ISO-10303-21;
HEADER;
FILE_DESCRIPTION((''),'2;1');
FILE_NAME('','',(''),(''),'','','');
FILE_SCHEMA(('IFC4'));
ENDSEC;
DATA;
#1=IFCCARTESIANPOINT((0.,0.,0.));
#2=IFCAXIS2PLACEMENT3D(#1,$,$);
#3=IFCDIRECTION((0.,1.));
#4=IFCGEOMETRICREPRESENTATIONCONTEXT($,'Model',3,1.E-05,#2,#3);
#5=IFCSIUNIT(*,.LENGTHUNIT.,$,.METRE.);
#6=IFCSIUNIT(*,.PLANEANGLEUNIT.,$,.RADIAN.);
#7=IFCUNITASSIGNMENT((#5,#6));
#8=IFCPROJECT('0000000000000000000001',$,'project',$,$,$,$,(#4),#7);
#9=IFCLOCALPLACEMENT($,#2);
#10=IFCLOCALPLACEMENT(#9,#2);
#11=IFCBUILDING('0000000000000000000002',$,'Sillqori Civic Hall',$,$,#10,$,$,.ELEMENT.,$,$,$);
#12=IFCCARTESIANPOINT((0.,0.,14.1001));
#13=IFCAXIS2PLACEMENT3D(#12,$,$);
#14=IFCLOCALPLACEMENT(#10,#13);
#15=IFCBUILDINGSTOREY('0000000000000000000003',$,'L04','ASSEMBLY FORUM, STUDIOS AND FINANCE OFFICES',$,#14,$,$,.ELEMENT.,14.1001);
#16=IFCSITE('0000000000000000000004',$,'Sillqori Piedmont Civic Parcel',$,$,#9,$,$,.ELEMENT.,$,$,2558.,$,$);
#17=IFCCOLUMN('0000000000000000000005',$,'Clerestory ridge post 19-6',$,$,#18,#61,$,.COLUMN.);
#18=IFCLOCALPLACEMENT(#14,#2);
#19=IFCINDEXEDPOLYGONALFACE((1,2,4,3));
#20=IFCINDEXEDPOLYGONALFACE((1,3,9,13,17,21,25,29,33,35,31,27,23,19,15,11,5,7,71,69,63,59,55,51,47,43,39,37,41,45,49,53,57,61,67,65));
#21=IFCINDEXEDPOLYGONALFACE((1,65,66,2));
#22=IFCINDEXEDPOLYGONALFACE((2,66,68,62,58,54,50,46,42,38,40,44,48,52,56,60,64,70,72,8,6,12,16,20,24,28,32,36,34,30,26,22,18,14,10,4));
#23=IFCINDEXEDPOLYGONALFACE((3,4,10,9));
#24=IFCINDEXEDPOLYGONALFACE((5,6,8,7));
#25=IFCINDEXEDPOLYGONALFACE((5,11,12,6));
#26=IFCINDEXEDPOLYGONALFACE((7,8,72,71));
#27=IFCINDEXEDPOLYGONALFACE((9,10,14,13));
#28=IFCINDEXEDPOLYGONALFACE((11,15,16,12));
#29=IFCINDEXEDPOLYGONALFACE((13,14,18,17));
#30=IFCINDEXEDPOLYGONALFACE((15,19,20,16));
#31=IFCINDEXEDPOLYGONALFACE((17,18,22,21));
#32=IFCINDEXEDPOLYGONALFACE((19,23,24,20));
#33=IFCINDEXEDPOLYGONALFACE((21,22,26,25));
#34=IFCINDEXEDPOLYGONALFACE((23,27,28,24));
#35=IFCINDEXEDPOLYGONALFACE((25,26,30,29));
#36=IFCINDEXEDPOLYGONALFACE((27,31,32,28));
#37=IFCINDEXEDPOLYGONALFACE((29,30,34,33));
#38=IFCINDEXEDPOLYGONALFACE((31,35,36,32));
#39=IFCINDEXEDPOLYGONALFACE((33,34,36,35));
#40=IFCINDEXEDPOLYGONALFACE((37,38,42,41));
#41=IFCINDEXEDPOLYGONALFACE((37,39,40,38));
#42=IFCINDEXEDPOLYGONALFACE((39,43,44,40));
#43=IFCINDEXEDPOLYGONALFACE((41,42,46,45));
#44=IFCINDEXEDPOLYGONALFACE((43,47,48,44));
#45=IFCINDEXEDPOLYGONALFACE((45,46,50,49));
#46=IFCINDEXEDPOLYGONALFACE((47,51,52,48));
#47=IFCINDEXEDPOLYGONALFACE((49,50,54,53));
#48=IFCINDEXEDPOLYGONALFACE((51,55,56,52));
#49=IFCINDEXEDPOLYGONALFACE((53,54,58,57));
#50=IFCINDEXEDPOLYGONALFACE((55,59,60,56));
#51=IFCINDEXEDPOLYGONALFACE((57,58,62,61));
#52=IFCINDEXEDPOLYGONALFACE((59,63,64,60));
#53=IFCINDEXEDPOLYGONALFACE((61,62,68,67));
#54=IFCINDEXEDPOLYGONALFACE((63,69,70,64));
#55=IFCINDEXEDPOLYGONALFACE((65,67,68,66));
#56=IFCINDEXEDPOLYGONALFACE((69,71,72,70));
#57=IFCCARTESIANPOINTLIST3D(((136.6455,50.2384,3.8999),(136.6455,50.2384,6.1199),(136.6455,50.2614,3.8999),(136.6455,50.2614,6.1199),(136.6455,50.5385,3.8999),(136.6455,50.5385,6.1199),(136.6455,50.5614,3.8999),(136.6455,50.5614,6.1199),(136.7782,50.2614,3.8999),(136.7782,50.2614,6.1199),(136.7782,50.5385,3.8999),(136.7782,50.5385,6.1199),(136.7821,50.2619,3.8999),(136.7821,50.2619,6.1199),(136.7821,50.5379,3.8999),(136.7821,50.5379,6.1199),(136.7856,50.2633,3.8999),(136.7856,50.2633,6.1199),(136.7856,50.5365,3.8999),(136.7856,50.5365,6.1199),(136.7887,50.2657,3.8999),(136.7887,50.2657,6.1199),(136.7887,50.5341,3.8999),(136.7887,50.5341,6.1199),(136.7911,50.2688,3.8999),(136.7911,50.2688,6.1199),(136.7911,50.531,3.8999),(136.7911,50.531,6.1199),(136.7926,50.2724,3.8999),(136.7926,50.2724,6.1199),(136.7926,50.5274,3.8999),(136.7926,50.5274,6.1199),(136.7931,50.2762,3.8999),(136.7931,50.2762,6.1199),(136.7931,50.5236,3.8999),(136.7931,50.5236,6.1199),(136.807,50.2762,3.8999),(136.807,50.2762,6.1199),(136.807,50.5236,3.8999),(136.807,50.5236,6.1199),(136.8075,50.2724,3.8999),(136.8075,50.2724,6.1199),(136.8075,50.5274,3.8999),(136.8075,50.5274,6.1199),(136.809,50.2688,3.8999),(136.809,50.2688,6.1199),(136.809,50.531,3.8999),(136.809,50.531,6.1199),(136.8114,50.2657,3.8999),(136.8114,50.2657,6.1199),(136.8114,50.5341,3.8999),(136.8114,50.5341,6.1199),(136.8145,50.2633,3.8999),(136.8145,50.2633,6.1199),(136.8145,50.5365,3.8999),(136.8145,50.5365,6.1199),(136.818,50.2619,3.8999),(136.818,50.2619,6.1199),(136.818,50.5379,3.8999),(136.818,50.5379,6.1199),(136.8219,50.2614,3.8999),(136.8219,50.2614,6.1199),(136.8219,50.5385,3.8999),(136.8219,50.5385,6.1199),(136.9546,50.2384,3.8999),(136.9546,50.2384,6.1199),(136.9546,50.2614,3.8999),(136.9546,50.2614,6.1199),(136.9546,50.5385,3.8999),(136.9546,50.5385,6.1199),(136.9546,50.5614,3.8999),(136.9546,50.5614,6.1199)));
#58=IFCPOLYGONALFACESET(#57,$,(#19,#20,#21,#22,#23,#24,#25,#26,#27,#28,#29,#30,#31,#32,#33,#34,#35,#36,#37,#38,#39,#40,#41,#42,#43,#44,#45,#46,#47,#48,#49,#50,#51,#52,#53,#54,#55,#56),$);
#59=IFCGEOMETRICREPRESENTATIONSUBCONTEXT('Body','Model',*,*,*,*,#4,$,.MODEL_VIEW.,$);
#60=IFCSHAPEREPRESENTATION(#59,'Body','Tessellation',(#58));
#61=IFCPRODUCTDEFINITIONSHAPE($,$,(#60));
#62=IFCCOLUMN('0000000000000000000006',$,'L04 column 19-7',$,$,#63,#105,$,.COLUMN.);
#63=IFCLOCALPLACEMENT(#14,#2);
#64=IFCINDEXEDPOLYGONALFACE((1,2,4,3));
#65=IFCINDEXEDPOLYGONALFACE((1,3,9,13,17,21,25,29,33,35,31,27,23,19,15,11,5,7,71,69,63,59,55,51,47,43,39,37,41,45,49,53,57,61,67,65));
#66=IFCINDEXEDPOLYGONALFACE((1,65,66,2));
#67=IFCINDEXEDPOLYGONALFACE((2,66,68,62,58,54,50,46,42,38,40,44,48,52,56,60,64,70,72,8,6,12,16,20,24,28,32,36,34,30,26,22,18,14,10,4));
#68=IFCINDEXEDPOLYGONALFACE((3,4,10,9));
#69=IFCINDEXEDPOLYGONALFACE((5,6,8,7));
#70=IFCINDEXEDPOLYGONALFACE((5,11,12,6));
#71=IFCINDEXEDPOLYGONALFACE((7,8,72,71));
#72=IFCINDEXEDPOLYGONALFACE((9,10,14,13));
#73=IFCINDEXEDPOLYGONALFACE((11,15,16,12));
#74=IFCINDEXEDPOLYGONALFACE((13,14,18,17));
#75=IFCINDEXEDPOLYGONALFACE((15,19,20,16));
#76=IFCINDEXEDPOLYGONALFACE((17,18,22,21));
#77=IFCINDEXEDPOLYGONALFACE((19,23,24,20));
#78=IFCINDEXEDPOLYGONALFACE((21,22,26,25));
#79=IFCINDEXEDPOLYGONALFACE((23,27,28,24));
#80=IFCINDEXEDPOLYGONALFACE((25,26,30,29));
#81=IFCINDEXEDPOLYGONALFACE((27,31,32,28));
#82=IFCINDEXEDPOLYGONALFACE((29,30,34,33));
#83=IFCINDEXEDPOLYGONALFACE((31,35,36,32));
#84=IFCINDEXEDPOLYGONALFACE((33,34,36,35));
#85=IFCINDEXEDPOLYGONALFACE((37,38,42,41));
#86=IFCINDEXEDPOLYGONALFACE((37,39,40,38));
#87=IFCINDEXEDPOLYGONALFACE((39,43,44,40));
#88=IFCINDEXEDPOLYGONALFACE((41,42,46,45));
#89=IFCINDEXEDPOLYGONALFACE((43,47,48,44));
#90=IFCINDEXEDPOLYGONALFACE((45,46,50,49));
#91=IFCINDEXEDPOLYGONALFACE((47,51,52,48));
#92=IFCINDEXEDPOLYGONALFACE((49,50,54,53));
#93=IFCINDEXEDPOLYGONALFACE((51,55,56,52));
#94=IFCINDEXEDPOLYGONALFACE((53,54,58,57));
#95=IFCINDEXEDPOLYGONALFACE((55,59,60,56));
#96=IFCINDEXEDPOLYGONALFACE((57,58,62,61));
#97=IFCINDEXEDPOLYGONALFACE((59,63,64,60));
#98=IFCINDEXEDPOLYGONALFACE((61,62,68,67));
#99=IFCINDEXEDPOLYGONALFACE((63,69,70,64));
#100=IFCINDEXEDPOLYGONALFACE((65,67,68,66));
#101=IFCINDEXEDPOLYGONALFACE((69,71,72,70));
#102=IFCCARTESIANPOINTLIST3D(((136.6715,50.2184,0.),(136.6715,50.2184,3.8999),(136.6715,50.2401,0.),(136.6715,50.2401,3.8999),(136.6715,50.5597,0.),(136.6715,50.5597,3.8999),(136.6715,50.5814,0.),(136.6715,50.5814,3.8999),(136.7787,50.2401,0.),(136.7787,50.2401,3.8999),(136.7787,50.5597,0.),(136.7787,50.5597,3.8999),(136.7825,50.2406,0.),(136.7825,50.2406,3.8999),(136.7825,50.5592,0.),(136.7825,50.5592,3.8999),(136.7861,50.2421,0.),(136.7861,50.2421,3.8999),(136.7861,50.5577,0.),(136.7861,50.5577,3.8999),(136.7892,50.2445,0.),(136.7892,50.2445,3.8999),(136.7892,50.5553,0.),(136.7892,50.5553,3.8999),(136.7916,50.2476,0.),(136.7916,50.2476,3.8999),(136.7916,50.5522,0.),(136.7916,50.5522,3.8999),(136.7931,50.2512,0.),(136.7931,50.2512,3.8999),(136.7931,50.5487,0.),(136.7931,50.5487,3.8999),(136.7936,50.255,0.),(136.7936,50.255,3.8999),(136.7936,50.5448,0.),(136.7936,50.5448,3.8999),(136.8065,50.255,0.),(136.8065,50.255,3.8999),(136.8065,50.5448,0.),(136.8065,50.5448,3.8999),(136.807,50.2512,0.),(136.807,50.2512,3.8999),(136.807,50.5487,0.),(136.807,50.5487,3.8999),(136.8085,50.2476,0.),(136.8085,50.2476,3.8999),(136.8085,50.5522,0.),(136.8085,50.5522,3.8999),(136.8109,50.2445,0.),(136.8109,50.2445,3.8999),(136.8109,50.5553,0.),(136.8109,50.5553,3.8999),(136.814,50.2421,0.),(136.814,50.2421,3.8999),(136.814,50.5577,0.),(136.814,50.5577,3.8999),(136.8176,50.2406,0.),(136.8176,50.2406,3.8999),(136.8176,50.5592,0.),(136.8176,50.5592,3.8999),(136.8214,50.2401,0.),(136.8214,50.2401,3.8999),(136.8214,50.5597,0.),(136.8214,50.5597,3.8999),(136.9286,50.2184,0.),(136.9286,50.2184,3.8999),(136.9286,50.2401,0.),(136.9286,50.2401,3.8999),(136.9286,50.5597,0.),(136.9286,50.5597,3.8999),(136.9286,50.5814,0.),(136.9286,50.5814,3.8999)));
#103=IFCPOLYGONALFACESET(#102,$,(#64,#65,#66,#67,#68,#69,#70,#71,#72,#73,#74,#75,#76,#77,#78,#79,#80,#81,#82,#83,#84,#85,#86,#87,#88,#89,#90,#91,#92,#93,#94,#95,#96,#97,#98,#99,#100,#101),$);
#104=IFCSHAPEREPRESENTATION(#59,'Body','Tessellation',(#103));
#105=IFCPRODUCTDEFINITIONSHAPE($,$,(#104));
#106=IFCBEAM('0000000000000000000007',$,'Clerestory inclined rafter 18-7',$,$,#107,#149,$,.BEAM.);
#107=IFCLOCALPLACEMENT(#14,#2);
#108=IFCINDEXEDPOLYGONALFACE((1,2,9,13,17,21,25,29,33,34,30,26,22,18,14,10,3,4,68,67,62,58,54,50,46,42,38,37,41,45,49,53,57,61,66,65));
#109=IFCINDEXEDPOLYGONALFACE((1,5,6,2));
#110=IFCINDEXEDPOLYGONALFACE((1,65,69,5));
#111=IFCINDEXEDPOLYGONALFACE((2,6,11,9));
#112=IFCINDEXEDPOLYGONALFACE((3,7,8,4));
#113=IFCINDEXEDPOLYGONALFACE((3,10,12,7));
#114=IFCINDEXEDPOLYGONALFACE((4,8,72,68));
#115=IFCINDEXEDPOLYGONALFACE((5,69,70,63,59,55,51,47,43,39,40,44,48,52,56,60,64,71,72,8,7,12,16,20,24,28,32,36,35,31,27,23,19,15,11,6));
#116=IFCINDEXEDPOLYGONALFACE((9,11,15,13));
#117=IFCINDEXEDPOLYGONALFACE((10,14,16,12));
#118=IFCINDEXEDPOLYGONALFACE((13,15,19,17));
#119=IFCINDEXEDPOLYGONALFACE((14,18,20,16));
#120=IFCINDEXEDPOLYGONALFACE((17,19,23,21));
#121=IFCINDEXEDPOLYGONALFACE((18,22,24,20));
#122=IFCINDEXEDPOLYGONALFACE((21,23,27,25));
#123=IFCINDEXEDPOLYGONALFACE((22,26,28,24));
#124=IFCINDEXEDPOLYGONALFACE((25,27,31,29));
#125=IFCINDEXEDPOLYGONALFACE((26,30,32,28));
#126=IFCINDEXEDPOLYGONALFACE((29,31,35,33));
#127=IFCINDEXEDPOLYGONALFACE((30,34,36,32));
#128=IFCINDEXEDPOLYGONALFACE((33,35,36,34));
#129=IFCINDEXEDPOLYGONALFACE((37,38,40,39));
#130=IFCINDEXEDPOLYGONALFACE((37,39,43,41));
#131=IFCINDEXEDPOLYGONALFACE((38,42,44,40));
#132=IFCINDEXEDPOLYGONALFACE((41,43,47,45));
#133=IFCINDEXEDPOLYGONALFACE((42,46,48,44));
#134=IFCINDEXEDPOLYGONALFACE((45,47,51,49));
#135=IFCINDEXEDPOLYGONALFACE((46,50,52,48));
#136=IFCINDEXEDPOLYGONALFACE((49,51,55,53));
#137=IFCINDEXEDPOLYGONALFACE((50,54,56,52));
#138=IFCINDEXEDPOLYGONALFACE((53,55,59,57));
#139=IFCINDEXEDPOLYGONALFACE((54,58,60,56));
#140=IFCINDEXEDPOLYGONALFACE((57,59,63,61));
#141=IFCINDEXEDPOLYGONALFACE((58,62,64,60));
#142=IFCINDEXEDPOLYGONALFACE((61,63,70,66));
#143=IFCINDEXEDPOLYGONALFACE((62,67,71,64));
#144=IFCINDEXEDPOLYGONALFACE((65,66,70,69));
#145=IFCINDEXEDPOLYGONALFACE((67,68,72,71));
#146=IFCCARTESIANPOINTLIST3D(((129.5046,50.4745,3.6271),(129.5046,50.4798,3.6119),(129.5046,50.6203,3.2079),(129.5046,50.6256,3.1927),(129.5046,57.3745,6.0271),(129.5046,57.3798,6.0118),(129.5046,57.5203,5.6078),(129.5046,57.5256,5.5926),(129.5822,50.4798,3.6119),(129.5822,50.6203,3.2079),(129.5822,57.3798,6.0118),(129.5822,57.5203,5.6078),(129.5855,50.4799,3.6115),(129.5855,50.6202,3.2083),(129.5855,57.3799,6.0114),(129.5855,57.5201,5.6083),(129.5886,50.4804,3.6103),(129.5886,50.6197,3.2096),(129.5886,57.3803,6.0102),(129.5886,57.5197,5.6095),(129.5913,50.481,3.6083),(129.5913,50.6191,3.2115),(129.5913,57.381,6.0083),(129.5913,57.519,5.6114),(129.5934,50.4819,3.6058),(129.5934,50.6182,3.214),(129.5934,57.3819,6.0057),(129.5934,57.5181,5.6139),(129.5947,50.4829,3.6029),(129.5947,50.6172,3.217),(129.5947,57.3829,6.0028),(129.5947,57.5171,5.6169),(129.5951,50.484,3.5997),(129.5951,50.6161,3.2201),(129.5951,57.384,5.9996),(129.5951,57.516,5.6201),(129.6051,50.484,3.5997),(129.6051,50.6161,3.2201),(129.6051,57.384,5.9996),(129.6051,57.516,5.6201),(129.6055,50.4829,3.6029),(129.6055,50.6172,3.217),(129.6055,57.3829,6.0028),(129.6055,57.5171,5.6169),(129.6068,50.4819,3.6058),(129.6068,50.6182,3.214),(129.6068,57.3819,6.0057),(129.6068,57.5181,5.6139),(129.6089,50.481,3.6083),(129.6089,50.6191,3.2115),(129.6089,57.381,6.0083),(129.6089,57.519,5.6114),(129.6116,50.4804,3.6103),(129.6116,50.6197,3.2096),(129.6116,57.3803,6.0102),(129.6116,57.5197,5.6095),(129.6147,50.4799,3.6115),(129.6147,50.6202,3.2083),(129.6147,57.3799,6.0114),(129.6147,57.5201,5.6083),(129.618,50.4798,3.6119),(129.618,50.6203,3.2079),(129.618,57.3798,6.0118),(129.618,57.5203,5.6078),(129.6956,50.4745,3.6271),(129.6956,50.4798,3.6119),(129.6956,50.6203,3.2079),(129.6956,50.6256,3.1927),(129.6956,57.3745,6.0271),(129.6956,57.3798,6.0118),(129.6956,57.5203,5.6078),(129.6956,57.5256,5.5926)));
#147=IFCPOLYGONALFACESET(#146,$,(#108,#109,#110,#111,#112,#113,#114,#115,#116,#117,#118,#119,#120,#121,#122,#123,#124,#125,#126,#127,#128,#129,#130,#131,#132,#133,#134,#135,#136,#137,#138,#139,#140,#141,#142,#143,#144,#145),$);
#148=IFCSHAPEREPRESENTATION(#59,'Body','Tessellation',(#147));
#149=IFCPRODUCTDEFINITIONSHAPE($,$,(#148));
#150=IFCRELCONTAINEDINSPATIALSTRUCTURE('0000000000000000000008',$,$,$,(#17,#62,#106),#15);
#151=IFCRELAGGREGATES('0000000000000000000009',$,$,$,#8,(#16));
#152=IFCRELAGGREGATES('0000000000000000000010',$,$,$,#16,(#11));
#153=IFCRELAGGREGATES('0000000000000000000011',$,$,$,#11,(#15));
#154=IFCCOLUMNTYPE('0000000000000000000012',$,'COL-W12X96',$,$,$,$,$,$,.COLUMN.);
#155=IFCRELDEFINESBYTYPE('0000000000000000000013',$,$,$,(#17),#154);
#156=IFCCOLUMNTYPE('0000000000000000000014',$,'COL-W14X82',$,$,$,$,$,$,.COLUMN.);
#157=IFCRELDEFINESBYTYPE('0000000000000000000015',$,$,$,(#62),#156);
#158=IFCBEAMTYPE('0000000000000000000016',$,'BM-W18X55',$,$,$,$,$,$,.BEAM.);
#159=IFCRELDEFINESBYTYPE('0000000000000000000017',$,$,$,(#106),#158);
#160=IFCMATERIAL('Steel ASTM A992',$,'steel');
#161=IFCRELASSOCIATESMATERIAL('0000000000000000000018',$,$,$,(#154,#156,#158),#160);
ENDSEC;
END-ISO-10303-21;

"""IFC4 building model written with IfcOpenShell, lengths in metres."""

from ifc_helpers import new_model, si_unit, direction, frame, origin, origin_2d, place, context, subcontext, project, spatial, i_section, extrude, material, material_profile, profile_set, type_object, element, save


model = new_model("IFC4")

# Units and contexts
model_context = context("Model", 3, precision=1e-05, world=origin(), true_north=direction((0.0, 1.0)))
body_context = subcontext(model_context, "Body", "Model", "MODEL_VIEW")
ifc_project = project(units=[si_unit("LENGTHUNIT", "METRE"), si_unit("PLANEANGLEUNIT", "RADIAN")], contexts=[model_context])

# Site, building, storey
site_placement = place(None, origin())
site = spatial("IfcSite", under=ifc_project, at=site_placement, Name="Sillqori Piedmont Civic Parcel", CompositionType="ELEMENT", RefElevation=2558.0)
building_placement = place(site_placement, origin())
building = spatial("IfcBuilding", under=site, at=building_placement, Name="Sillqori Civic Hall", CompositionType="ELEMENT")
storey_placement = place(building_placement, frame((0.0, 0.0, 14.1001)))
storey = spatial("IfcBuildingStorey", under=building, at=storey_placement, Name="L04", Description="ASSEMBLY FORUM, STUDIOS AND FINANCE OFFICES", CompositionType="ELEMENT", Elevation=14.1001)

# Columns
ifc_material_1 = material(Name="Steel ASTM A992", Category="steel")
ifc_material_profile_1 = material_profile(ifc_material_1, i_section(OverallWidth=0.3091, OverallDepth=0.323, WebThickness=0.0139, FlangeThickness=0.0229, FilletRadius=0.0149, at=origin_2d()), Name="W12X96")
ifc_profile_set_1 = profile_set([ifc_material_profile_1], Name="Steel ASTM A992")
column_type_1 = type_object("IfcColumnType", Name="COL-W12X96", PredefinedType="COLUMN", material=ifc_profile_set_1)
column_1_placement = place(storey_placement, frame((136.8, 50.3999, 3.8999), z_axis=(0.0, 0.0, 1.0), x_axis=(1.0, 0.0, 0.0)))
element("IfcColumn", 1, at=column_1_placement, inside=storey, type_object=column_type_1, Name="Clerestory ridge post 19-6", PredefinedType="COLUMN", context=body_context, shape_type="SweptSolid", body=[
    extrude(i_section(OverallWidth=0.3091, OverallDepth=0.323, WebThickness=0.0139, FlangeThickness=0.0229, FilletRadius=0.0149, at=origin_2d()), origin(), (0.0, 0.0, 1.0), 2.22),
])
ifc_material_profile_2 = material_profile(ifc_material_1, i_section(OverallWidth=0.2571, OverallDepth=0.363, WebThickness=0.0129, FlangeThickness=0.0217, FilletRadius=0.0149, at=origin_2d()), Name="W14X82")
ifc_profile_set_2 = profile_set([ifc_material_profile_2], Name="Steel ASTM A992")
column_type_2 = type_object("IfcColumnType", Name="COL-W14X82", PredefinedType="COLUMN", material=ifc_profile_set_2)
column_2_placement = place(storey_placement, frame((136.8, 50.3999, 0.0), z_axis=(0.0, 0.0, 1.0), x_axis=(1.0, 0.0, 0.0)))
element("IfcColumn", 2, at=column_2_placement, inside=storey, type_object=column_type_2, Name="L04 column 19-7", PredefinedType="COLUMN", context=body_context, shape_type="SweptSolid", body=[
    extrude(i_section(OverallWidth=0.2571, OverallDepth=0.363, WebThickness=0.0129, FlangeThickness=0.0217, FilletRadius=0.0149, at=origin_2d()), origin(), (0.0, 0.0, 1.0), 3.8999),
])

# Beam
ifc_material_profile_3 = material_profile(ifc_material_1, i_section(OverallWidth=0.1909, OverallDepth=0.46, WebThickness=0.01, FlangeThickness=0.0161, FilletRadius=0.0129, at=origin_2d()), Name="W18X55")
ifc_profile_set_3 = profile_set([ifc_material_profile_3], Name="Steel ASTM A992")
beam_type_1 = type_object("IfcBeamType", Name="BM-W18X55", PredefinedType="BEAM", material=ifc_profile_set_3)
beam_1_placement = place(storey_placement, frame((129.6001, 50.55, 3.4099), z_axis=(0.0, 0.9445, 0.328513), x_axis=(-1.0, 0.0, 0.0)))
element("IfcBeam", 3, at=beam_1_placement, inside=storey, type_object=beam_type_1, Name="Clerestory inclined rafter 18-7", PredefinedType="BEAM", context=body_context, shape_type="SweptSolid", body=[
    extrude(i_section(OverallWidth=0.1909, OverallDepth=0.46, WebThickness=0.01, FlangeThickness=0.0161, FilletRadius=0.0129, at=origin_2d()), origin(), (0.0, 0.0, 1.0), 7.3054),
])

save(model, "model.ifc")
